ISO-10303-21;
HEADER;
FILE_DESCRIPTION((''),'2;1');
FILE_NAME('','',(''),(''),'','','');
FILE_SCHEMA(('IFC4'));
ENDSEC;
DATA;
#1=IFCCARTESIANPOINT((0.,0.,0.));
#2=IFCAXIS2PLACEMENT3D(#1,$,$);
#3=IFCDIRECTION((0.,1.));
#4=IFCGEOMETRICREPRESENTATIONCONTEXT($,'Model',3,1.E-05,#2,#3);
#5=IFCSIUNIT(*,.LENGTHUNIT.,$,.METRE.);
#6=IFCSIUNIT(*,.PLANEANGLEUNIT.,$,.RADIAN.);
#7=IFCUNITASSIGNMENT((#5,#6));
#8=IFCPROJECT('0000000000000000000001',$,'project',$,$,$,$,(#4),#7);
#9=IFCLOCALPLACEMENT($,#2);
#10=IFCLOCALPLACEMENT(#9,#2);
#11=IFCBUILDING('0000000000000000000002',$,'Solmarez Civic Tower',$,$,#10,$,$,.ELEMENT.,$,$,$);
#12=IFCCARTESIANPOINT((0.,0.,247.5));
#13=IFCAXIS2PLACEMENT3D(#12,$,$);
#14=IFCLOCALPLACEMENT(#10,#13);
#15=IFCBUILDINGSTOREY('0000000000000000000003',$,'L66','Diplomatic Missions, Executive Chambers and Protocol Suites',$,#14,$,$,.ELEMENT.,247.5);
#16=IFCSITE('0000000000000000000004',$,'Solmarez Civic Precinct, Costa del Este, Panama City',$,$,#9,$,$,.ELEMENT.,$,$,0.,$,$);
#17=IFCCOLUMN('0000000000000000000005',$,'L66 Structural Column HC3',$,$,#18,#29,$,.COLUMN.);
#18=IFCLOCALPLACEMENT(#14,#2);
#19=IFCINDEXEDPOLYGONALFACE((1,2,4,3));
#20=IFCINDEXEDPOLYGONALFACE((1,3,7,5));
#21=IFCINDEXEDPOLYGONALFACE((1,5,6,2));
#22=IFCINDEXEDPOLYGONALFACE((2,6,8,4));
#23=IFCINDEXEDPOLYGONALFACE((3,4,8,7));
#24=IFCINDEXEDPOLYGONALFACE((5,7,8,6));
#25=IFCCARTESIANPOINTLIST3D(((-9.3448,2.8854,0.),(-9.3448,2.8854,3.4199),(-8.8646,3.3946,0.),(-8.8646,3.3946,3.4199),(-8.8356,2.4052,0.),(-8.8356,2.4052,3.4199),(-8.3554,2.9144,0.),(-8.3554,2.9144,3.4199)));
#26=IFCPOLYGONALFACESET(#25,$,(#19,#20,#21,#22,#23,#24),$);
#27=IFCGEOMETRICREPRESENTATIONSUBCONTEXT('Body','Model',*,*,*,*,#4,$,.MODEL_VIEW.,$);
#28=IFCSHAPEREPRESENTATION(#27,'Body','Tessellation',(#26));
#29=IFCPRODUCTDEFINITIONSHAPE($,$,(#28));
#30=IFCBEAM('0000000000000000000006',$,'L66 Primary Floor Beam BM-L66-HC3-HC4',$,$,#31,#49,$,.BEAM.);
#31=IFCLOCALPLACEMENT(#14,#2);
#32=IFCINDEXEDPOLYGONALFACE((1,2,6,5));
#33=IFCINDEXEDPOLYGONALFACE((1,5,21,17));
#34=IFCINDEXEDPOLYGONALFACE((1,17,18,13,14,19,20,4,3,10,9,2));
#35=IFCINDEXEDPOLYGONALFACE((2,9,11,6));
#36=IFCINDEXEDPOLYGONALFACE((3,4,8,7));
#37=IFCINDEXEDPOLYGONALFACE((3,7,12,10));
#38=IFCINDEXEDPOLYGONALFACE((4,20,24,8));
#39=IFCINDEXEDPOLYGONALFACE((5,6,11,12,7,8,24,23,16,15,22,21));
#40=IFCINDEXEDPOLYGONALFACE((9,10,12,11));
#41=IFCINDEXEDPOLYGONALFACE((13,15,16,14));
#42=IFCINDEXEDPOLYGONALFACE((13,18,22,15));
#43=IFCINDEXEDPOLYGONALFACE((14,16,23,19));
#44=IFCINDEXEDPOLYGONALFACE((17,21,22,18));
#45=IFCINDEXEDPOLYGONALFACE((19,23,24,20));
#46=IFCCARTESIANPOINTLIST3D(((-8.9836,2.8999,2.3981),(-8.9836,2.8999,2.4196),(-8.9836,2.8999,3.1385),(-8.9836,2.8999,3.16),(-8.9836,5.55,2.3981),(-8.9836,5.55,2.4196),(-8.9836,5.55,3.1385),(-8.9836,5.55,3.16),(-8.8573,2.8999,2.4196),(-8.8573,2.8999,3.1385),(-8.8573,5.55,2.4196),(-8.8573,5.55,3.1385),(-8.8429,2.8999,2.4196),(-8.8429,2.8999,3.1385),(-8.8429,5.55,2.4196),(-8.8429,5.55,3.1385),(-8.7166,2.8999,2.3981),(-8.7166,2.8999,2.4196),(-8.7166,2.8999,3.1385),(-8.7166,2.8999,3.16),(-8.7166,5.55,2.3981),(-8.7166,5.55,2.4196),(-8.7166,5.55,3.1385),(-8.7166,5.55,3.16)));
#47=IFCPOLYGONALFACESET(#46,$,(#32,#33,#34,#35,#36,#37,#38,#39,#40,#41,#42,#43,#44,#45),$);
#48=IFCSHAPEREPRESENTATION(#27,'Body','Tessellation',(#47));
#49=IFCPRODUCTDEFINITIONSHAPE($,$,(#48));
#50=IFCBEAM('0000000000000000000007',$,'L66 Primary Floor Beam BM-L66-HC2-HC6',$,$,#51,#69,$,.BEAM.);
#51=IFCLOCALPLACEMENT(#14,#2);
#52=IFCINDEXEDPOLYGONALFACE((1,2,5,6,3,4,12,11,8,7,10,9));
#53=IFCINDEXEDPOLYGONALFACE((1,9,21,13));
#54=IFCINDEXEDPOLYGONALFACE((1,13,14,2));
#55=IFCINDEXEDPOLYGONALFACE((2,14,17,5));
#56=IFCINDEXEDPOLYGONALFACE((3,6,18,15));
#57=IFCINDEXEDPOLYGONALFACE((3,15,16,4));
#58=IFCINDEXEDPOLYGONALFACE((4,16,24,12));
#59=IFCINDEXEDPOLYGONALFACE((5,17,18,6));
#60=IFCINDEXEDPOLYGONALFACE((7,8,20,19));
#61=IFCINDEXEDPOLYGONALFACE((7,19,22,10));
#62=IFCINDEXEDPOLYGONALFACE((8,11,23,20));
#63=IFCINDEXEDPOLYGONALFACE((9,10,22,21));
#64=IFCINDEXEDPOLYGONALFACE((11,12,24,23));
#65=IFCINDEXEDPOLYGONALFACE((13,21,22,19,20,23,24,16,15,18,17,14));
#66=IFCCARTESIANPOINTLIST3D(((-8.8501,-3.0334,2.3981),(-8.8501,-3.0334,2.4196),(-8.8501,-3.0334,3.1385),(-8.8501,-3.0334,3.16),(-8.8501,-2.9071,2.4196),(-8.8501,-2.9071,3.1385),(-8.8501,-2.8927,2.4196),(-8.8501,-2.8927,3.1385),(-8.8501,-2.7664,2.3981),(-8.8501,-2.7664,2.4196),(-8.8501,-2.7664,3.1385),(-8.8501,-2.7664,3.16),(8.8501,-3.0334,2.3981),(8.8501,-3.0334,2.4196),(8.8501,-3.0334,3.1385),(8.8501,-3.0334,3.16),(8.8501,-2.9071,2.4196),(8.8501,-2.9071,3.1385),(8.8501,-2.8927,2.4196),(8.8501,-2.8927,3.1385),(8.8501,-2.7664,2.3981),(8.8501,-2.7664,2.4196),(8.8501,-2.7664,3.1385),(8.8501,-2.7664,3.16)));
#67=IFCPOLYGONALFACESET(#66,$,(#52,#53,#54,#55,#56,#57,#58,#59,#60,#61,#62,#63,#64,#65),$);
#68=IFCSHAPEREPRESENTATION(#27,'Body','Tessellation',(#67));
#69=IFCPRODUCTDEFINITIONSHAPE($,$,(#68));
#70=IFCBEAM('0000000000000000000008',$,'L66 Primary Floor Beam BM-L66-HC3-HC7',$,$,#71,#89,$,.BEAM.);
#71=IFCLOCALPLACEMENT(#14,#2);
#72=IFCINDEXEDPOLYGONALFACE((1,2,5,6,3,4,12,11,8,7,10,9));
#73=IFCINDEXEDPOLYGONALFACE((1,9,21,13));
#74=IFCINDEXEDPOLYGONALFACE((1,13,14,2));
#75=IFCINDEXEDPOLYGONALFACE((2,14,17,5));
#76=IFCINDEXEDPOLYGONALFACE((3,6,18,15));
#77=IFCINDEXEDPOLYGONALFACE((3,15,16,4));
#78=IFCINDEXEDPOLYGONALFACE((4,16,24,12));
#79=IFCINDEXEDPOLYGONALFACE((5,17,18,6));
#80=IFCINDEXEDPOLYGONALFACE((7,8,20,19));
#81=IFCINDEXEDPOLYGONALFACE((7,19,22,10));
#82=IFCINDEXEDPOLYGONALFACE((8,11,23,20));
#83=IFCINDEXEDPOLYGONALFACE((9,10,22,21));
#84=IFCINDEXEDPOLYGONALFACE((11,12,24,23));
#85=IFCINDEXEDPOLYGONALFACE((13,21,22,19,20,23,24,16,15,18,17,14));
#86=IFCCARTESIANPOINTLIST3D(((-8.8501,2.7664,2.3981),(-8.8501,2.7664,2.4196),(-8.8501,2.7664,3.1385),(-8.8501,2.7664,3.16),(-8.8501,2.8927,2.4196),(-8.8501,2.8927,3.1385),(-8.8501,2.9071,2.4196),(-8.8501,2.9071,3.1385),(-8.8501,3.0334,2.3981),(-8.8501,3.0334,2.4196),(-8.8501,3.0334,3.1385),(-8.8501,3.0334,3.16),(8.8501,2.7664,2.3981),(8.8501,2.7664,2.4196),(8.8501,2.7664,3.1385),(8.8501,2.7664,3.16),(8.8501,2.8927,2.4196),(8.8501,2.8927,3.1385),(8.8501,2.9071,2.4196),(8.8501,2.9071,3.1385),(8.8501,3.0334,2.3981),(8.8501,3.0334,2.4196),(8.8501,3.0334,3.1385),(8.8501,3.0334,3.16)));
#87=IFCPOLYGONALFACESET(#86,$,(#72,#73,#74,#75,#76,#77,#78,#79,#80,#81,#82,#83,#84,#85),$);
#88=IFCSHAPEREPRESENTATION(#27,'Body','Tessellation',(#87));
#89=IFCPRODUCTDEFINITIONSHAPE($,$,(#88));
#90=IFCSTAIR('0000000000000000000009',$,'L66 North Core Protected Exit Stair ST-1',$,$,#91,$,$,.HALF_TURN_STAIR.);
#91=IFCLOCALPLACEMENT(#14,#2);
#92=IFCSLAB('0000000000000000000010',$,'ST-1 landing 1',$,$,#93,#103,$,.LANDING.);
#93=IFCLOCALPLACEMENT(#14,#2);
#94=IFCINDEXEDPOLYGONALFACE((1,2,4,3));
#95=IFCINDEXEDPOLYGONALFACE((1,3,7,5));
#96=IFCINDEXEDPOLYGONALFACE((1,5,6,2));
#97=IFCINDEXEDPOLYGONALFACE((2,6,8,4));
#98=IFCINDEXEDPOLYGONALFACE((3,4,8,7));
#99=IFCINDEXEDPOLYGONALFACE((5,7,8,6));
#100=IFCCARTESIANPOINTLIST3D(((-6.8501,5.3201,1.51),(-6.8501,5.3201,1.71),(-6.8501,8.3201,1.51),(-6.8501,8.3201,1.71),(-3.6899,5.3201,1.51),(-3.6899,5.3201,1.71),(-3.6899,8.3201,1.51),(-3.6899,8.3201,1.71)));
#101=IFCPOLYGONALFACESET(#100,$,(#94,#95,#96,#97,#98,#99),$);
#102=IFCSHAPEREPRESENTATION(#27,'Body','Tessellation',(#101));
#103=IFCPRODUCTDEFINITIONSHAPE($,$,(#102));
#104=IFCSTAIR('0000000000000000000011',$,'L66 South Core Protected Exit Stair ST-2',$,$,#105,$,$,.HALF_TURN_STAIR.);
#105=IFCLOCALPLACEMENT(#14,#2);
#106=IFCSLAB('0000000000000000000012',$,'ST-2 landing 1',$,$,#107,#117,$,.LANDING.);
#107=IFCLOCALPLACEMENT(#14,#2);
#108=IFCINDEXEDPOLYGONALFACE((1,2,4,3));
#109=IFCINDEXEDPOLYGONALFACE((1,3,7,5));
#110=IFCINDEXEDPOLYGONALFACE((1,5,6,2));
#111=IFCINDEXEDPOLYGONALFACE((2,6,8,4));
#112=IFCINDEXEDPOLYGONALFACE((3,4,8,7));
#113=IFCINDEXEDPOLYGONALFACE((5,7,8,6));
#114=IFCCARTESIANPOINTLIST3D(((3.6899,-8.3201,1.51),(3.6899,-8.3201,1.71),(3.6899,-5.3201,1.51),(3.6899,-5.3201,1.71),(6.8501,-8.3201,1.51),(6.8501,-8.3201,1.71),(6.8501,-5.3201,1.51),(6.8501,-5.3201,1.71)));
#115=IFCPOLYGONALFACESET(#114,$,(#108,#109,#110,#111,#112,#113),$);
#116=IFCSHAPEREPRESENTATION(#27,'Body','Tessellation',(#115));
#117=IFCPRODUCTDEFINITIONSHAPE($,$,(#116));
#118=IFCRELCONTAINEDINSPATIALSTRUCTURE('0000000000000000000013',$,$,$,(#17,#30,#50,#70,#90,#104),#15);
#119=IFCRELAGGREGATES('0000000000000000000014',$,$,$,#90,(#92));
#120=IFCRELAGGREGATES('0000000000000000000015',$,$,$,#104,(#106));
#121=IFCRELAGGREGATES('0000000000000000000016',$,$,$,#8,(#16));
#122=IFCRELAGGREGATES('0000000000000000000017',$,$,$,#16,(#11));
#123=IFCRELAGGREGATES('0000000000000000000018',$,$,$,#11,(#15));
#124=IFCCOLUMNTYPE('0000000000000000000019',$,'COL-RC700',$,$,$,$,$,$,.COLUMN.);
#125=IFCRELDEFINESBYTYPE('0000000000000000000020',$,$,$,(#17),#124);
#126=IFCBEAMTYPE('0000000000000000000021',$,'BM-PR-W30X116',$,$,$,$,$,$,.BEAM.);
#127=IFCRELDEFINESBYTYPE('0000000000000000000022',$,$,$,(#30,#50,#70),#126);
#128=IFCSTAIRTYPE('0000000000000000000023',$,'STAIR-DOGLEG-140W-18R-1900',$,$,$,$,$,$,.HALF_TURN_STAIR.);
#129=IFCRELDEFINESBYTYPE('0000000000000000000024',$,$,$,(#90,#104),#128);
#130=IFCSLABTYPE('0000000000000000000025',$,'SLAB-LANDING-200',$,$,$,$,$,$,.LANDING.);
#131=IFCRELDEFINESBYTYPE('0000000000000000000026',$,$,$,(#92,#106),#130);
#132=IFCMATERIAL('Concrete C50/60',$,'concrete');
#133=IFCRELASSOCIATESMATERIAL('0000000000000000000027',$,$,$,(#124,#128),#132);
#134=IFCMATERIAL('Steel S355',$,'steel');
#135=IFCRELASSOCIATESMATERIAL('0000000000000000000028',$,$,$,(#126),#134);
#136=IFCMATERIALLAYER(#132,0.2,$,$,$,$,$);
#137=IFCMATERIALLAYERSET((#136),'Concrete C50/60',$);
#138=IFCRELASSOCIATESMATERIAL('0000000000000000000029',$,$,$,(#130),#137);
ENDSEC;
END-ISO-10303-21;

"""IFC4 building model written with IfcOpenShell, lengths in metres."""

from ifc_helpers import new_model, si_unit, direction, frame, origin, origin_2d, place, context, subcontext, project, spatial, polyline, rectangle, i_section, outline, extrude, material, layer, layer_set, material_profile, profile_set, type_object, element, aggregate, save


model = new_model("IFC4")

# Units and contexts
model_context = context("Model", 3, precision=1e-05, world=origin(), true_north=direction((0.0, 1.0)))
body_context = subcontext(model_context, "Body", "Model", "MODEL_VIEW")
ifc_project = project(units=[si_unit("LENGTHUNIT", "METRE"), si_unit("PLANEANGLEUNIT", "RADIAN")], contexts=[model_context])

# Site, building, storey
site_placement = place(None, origin())
site = spatial("IfcSite", under=ifc_project, at=site_placement, Name="Solmarez Civic Precinct, Costa del Este, Panama City", CompositionType="ELEMENT", RefElevation=0.0)
building_placement = place(site_placement, origin())
building = spatial("IfcBuilding", under=site, at=building_placement, Name="Solmarez Civic Tower", CompositionType="ELEMENT")
storey_placement = place(building_placement, frame((0.0, 0.0, 247.5)))
storey = spatial("IfcBuildingStorey", under=building, at=storey_placement, Name="L66", Description="Diplomatic Missions, Executive Chambers and Protocol Suites", CompositionType="ELEMENT", Elevation=247.5)

# Column
ifc_material_1 = material(Name="Concrete C50/60", Category="concrete")
ifc_material_profile_1 = material_profile(ifc_material_1, rectangle(XDim=0.7, YDim=0.7, at=origin_2d()), Name="RC700X700")
ifc_profile_set_1 = profile_set([ifc_material_profile_1], Name="Concrete C50/60")
column_type = type_object("IfcColumnType", Name="COL-RC700", PredefinedType="COLUMN", material=ifc_profile_set_1)
column_placement = place(storey_placement, frame((-8.8501, 2.8999, 0.0), z_axis=(0.0, 0.0, 1.0), x_axis=(0.686072, 0.727533, 0.0)))
element("IfcColumn", 1, at=column_placement, inside=storey, type_object=column_type, Name="L66 Structural Column HC3", PredefinedType="COLUMN", context=body_context, shape_type="SweptSolid", body=[
    extrude(rectangle(XDim=0.7, YDim=0.7, at=origin_2d()), origin(), (0.0, 0.0, 1.0), 3.4199),
])

# Beams
ifc_material_2 = material(Name="Steel S355", Category="steel")
ifc_material_profile_2 = material_profile(ifc_material_2, i_section(OverallWidth=0.2671, OverallDepth=0.762, WebThickness=0.0144, FlangeThickness=0.0215, at=origin_2d()), Name="W30X116")
ifc_profile_set_2 = profile_set([ifc_material_profile_2], Name="Steel S355")
beam_type = type_object("IfcBeamType", Name="BM-PR-W30X116", PredefinedType="BEAM", material=ifc_profile_set_2)
beam_placement = place(storey_placement, frame((-8.8501, 2.8999, 2.7791), z_axis=(0.0, 1.0, 0.0), x_axis=(-1.0, 0.0, 0.0)))
element("IfcBeam", 2, at=beam_placement, inside=storey, type_object=beam_type, Name="L66 Primary Floor Beam BM-L66-HC3-HC4", PredefinedType="BEAM", context=body_context, shape_type="SweptSolid", body=[
    extrude(i_section(OverallWidth=0.2671, OverallDepth=0.762, WebThickness=0.0144, FlangeThickness=0.0215, at=origin_2d()), origin(), (0.0, 0.0, 1.0), 2.6501),
])
for number, where, z_axis, x_axis, name in (
    (3, (-8.8501, -2.8999, 2.7791), (1.0, 0.0, 0.0), (0.0, 1.0, 0.0), "L66 Primary Floor Beam BM-L66-HC2-HC6"),
    (4, (-8.8501, 2.8999, 2.7791), (1.0, 0.0, 0.0), (0.0, 1.0, 0.0), "L66 Primary Floor Beam BM-L66-HC3-HC7"),
):
    element("IfcBeam", number, at=place(storey_placement, frame(where, z_axis=z_axis, x_axis=x_axis)), inside=storey, type_object=beam_type, Name=name, PredefinedType="BEAM", context=body_context, shape_type="SweptSolid", body=[
        extrude(i_section(OverallWidth=0.2671, OverallDepth=0.762, WebThickness=0.0144, FlangeThickness=0.0215, at=origin_2d()), origin(), (0.0, 0.0, 1.0), 17.7002),
    ])

# Stairs, slabs
stair_type = type_object("IfcStairType", Name="STAIR-DOGLEG-140W-18R-1900", PredefinedType="HALF_TURN_STAIR", material=ifc_material_1)
stair_1_placement = place(storey_placement, origin())
stair_1 = element("IfcStair", 5, at=stair_1_placement, inside=storey, type_object=stair_type, Name="L66 North Core Protected Exit Stair ST-1", PredefinedType="HALF_TURN_STAIR")
ifc_layer_1 = layer(ifc_material_1, 0.2)
ifc_layer_set_1 = layer_set([ifc_layer_1], Name="Concrete C50/60")
slab_type_1 = type_object("IfcSlabType", Name="SLAB-LANDING-200", PredefinedType="LANDING", material=ifc_layer_set_1)
slab_1_placement = place(storey_placement, frame((0.0, 0.0, 1.51)))
slab_1 = element("IfcSlab", 6, at=slab_1_placement, type_object=slab_type_1, Name="ST-1 landing 1", PredefinedType="LANDING", context=body_context, shape_type="SweptSolid", body=[
    extrude(outline(polyline([(-3.6899, 8.3201), (-6.8501, 8.3201), (-6.8501, 5.3201), (-3.6899, 5.3201), (-3.6899, 8.3201)])), origin(), (0.0, 0.0, 1.0), 0.2),
])
aggregate(stair_1, [slab_1])
stair_2_placement = place(storey_placement, origin())
stair_2 = element("IfcStair", 7, at=stair_2_placement, inside=storey, type_object=stair_type, Name="L66 South Core Protected Exit Stair ST-2", PredefinedType="HALF_TURN_STAIR")
slab_2_placement = place(storey_placement, frame((0.0, 0.0, 1.51)))
slab_2 = element("IfcSlab", 8, at=slab_2_placement, type_object=slab_type_1, Name="ST-2 landing 1", PredefinedType="LANDING", context=body_context, shape_type="SweptSolid", body=[
    extrude(outline(polyline([(3.6899, -8.3201), (6.8501, -8.3201), (6.8501, -5.3201), (3.6899, -5.3201), (3.6899, -8.3201)])), origin(), (0.0, 0.0, 1.0), 0.2),
])
aggregate(stair_2, [slab_2])

save(model, "model.ifc")
